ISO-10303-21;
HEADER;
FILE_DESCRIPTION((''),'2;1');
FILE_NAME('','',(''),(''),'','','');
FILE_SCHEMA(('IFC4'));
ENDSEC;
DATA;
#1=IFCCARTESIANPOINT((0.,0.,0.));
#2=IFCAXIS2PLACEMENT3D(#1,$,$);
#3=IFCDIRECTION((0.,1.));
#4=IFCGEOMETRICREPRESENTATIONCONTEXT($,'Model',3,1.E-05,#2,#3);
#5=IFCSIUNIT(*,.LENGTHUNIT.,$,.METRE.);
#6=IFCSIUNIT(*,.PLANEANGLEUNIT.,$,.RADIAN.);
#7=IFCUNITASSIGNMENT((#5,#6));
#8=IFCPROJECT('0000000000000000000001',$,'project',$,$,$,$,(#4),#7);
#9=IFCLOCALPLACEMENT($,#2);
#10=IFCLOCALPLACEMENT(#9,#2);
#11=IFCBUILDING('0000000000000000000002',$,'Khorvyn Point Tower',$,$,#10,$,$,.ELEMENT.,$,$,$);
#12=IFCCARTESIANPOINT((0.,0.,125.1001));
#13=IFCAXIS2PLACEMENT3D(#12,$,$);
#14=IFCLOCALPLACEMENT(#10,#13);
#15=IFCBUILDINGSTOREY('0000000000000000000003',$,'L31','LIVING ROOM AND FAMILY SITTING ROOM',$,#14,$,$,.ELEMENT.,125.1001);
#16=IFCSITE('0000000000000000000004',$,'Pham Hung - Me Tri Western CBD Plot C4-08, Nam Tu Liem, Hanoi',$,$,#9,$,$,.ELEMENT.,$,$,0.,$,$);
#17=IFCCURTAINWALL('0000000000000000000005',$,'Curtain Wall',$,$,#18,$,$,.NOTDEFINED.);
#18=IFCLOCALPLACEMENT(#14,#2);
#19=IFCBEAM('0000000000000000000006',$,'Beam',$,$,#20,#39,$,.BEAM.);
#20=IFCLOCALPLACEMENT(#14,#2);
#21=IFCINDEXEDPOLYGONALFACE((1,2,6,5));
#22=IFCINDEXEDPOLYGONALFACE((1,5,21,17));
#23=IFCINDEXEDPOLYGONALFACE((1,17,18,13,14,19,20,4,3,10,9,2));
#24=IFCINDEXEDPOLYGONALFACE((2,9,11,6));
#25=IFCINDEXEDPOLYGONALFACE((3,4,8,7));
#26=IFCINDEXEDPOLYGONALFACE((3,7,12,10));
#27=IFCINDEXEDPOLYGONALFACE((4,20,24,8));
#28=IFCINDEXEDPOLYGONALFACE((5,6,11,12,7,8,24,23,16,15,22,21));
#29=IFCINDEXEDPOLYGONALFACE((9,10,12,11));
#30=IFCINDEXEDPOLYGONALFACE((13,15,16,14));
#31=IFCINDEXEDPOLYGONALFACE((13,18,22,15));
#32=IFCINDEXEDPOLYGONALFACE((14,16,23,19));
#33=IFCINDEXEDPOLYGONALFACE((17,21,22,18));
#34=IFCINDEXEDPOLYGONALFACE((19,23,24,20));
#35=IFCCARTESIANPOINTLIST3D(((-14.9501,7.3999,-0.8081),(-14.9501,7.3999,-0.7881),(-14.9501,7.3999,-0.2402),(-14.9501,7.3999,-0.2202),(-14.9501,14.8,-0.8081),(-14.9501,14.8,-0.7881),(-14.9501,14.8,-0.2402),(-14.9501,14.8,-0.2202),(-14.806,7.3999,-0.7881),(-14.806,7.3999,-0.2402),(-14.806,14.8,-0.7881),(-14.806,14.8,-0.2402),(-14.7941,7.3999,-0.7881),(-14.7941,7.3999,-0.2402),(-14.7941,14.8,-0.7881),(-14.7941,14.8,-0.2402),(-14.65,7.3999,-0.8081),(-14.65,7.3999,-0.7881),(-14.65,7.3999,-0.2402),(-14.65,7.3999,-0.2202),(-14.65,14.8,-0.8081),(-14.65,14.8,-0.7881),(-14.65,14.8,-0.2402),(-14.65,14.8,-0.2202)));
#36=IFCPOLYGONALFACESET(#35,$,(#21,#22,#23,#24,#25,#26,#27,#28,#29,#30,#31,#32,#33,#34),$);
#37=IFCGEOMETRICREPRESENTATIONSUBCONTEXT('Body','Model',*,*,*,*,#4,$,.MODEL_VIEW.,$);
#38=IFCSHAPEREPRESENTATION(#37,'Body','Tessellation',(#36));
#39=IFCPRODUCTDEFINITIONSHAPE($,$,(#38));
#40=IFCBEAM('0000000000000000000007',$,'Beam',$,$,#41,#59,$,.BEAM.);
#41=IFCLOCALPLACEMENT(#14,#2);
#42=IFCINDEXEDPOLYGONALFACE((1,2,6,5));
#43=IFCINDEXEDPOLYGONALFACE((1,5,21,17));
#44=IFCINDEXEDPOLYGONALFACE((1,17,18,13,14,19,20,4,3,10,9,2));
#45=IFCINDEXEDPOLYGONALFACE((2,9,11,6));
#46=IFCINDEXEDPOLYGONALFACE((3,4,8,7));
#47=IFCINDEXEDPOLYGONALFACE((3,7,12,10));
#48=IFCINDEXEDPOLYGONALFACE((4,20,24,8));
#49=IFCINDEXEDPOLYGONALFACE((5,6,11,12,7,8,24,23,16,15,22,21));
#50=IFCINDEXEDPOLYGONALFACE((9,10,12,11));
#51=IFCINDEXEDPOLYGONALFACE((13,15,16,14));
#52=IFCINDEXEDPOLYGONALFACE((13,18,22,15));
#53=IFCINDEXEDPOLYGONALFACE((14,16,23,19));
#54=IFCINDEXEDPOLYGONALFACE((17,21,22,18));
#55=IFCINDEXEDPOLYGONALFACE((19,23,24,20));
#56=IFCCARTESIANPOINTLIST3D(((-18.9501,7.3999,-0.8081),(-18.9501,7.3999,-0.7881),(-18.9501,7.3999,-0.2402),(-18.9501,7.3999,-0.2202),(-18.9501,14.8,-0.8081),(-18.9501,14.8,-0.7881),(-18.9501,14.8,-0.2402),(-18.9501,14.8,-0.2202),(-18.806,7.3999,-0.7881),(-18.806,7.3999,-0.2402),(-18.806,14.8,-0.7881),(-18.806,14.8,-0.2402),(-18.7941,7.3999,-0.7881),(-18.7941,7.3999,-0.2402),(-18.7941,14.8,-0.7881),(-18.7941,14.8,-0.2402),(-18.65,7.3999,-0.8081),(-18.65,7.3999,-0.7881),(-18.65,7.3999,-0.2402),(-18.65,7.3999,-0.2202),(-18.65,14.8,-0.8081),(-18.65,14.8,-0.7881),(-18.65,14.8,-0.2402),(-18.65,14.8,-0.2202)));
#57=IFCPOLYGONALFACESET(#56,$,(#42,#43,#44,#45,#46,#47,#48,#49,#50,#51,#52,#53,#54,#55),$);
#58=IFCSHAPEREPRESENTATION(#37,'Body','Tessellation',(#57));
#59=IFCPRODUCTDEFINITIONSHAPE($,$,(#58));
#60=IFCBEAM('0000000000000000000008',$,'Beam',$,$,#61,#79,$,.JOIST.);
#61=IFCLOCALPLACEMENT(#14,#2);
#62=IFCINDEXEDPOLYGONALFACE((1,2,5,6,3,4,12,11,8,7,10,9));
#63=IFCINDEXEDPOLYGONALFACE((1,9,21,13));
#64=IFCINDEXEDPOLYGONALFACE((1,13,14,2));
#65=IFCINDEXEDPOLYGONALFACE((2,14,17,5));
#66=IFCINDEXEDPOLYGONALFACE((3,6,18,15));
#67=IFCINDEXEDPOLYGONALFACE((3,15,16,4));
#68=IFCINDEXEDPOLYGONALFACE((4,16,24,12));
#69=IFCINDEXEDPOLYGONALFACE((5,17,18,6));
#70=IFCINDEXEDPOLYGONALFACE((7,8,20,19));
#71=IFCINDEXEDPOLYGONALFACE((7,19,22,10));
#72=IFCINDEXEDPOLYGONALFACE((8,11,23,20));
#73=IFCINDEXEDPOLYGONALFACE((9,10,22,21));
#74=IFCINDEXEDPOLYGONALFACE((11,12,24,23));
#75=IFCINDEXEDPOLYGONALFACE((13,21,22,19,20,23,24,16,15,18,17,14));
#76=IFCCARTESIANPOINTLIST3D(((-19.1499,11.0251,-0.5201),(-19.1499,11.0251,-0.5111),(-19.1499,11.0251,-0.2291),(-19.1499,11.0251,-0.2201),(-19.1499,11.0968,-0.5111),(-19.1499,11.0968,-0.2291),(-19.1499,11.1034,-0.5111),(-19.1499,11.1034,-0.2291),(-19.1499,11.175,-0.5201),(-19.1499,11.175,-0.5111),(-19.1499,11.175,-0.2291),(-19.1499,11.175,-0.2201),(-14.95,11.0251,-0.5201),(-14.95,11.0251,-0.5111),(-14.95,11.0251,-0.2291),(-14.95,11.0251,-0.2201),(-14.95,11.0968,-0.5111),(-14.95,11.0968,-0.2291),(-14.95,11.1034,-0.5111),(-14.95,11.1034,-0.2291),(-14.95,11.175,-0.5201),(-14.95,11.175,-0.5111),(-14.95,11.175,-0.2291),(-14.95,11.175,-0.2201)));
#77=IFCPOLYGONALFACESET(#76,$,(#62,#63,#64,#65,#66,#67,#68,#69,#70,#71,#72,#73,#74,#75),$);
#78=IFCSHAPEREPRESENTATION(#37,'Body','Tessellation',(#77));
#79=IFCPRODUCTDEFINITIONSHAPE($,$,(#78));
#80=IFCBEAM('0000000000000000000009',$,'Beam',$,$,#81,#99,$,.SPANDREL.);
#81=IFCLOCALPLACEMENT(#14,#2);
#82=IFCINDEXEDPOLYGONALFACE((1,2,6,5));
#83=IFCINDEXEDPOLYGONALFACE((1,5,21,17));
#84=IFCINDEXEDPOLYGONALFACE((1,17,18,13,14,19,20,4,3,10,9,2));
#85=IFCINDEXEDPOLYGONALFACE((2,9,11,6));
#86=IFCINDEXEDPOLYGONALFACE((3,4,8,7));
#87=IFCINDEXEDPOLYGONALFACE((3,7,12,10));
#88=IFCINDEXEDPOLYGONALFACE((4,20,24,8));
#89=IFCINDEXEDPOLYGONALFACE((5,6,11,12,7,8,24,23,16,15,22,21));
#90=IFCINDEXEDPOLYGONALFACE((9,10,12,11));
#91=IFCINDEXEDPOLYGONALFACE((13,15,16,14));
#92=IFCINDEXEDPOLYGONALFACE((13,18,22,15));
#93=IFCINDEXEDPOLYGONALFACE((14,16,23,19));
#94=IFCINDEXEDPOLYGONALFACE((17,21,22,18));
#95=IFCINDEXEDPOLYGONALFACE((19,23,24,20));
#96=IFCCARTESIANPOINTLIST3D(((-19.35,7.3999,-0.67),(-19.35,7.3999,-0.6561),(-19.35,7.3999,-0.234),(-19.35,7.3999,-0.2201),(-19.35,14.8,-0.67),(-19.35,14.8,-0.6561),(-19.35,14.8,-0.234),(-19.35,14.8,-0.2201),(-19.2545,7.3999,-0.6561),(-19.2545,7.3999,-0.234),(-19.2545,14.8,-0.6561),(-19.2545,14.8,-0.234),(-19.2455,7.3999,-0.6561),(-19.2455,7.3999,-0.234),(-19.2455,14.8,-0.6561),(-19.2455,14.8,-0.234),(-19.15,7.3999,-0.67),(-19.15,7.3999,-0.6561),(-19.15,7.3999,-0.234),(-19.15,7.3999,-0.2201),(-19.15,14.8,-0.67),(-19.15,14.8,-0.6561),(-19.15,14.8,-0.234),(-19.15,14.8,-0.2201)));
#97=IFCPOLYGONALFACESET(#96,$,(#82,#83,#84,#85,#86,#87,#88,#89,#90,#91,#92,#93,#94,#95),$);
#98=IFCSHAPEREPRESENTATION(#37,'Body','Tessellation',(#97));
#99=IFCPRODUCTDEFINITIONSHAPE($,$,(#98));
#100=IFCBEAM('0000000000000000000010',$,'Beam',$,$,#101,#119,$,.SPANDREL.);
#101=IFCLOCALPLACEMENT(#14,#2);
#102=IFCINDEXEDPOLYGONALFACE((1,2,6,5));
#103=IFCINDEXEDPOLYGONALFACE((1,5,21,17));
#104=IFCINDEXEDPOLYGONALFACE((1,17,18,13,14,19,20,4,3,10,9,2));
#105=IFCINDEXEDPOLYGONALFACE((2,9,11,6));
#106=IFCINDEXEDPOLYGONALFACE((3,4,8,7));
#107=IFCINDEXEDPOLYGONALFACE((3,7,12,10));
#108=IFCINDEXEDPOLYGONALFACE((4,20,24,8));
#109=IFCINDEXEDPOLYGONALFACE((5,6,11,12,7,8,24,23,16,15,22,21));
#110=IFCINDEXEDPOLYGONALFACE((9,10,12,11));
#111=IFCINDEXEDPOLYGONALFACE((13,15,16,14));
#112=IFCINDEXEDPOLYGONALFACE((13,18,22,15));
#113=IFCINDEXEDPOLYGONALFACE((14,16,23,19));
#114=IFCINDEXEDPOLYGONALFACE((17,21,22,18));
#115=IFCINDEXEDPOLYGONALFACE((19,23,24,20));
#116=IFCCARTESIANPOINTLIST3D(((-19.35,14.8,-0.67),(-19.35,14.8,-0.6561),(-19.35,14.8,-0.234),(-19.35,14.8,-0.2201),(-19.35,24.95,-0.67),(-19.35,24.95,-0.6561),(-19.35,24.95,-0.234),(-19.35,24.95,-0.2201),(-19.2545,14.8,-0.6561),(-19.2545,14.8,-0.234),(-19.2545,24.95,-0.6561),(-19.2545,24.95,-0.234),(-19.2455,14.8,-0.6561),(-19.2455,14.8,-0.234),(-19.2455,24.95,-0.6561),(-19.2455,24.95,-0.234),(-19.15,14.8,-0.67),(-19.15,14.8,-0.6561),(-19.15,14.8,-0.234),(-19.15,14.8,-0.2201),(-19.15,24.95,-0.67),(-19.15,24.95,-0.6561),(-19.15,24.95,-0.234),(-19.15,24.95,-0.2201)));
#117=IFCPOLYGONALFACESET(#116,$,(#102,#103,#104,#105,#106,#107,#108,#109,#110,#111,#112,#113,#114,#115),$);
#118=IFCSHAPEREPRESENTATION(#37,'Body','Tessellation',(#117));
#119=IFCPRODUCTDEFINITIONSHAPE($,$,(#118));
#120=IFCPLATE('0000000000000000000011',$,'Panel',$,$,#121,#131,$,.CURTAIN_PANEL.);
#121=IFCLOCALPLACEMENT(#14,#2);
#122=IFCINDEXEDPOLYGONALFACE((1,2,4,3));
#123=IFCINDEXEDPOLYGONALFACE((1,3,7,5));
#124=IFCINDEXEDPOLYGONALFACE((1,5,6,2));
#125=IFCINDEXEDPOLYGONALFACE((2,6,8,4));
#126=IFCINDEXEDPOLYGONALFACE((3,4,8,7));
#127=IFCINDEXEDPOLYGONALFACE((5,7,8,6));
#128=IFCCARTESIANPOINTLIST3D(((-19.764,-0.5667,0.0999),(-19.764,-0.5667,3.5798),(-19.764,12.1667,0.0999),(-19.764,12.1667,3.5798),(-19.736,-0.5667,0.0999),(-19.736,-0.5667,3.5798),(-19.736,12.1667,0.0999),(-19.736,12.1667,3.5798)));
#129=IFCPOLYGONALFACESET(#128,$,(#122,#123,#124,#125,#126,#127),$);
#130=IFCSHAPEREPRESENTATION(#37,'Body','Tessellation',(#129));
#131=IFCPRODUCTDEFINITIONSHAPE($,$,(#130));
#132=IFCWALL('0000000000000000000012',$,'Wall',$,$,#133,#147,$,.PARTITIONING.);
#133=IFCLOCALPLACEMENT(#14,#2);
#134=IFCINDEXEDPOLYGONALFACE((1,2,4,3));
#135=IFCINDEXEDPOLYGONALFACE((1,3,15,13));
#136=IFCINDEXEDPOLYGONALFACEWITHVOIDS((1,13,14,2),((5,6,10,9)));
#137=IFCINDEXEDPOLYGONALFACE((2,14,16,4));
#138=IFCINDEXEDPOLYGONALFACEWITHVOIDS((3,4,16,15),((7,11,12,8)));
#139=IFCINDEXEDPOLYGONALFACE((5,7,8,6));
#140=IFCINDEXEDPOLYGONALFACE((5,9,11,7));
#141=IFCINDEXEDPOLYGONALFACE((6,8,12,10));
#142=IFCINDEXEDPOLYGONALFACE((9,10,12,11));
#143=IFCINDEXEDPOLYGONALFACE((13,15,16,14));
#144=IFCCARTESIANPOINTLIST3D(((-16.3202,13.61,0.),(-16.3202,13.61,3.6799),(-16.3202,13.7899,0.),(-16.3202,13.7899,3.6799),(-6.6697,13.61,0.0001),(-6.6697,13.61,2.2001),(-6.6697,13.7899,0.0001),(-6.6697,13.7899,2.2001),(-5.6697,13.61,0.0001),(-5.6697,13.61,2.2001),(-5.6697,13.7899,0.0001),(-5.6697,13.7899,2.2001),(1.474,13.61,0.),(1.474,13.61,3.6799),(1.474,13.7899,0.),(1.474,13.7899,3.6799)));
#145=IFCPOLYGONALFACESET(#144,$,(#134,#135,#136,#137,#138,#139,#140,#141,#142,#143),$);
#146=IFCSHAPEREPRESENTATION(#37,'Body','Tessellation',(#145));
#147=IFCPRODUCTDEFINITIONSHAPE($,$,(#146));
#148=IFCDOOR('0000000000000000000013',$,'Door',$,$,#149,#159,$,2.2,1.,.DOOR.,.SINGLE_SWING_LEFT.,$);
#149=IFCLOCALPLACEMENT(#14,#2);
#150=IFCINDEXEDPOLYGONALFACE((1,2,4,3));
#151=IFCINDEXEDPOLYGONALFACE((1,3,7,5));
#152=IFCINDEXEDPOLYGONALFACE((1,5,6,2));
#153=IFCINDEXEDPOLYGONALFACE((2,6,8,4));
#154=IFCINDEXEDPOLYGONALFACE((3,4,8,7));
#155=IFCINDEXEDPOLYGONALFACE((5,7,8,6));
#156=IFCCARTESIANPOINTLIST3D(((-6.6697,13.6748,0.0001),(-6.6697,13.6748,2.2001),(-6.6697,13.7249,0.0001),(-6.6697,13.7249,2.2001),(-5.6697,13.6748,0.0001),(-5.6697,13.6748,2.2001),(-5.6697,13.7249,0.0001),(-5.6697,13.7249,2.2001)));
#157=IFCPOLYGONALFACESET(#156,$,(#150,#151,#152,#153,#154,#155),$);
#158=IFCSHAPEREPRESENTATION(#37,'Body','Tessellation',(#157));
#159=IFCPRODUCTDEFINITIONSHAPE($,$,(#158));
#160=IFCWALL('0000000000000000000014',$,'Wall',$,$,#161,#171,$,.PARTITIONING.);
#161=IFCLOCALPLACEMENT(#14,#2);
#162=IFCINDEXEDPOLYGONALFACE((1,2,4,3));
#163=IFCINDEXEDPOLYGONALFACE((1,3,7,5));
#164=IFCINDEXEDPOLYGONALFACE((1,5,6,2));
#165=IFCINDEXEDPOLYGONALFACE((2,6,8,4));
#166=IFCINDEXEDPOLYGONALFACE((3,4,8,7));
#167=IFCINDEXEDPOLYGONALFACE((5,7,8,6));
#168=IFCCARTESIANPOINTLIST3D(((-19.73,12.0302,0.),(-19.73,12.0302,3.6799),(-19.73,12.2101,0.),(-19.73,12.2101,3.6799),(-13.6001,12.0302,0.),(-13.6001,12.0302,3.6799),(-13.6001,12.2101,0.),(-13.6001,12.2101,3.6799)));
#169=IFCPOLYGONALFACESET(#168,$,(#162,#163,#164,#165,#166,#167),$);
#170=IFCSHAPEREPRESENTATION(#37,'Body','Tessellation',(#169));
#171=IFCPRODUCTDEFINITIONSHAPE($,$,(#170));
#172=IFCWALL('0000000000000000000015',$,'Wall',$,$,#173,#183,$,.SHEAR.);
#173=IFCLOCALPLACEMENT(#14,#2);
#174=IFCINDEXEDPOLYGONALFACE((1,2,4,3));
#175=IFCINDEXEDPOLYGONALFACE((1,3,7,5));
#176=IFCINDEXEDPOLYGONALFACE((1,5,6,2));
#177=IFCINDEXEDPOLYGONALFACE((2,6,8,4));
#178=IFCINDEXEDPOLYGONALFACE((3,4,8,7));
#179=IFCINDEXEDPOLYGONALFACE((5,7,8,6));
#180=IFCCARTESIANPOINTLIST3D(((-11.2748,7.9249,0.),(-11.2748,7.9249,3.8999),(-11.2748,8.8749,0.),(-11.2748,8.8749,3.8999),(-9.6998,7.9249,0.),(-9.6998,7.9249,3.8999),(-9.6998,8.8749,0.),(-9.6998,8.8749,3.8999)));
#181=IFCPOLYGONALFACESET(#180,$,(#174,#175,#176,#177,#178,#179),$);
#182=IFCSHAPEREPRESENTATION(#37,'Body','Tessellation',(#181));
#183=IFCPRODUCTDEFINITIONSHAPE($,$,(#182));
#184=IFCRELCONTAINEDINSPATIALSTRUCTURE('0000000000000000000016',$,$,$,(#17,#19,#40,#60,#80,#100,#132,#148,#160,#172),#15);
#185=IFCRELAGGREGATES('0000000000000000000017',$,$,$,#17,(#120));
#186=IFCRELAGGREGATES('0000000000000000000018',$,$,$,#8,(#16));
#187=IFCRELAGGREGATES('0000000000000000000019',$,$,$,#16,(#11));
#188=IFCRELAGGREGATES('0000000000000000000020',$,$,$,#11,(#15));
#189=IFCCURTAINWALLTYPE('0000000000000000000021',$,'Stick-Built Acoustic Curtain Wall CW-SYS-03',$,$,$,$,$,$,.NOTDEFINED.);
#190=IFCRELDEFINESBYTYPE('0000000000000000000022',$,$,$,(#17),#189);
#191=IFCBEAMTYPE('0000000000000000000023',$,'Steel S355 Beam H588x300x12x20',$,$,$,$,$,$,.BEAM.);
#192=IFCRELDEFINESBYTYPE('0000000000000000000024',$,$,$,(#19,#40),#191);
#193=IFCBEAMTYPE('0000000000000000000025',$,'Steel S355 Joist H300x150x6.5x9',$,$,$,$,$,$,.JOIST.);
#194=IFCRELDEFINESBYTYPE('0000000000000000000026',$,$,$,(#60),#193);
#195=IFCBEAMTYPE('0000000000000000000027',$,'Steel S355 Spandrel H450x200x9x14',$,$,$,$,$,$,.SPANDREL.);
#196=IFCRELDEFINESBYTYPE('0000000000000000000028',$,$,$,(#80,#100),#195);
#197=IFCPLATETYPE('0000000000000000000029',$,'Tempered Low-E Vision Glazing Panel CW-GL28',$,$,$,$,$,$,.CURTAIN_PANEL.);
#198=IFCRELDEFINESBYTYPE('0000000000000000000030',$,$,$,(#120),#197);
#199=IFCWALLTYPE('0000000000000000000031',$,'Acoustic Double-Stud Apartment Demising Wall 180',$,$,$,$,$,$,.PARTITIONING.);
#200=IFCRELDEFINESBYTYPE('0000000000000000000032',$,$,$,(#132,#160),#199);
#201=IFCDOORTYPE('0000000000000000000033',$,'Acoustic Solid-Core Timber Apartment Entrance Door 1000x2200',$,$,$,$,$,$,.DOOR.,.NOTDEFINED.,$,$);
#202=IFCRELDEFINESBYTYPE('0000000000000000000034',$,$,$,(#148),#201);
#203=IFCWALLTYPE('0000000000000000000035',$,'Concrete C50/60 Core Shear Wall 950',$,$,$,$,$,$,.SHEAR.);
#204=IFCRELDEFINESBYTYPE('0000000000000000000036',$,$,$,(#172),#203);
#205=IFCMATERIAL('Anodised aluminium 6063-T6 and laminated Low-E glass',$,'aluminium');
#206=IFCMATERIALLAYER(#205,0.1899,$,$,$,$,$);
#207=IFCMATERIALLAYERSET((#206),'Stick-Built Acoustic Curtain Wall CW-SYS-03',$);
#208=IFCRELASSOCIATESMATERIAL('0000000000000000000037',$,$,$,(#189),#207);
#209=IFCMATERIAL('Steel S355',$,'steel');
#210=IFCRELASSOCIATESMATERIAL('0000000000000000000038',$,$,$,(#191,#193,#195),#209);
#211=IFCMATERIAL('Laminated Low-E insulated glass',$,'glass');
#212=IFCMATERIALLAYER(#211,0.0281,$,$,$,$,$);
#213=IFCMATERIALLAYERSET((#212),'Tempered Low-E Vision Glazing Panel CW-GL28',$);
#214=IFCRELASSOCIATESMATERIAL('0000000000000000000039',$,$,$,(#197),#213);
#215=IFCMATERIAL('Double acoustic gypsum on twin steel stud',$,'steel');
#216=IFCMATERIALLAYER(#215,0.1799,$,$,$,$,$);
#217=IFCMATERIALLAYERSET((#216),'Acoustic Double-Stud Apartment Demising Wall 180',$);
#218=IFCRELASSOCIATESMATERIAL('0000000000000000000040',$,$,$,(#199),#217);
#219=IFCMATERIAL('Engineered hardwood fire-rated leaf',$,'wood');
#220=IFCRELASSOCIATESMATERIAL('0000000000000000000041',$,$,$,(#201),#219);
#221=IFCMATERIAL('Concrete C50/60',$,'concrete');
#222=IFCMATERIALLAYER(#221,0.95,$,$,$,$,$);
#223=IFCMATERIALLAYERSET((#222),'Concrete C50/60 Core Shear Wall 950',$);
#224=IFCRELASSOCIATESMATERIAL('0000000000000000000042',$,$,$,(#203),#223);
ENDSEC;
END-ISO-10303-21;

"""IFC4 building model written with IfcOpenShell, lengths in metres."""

from ifc_helpers import new_model, si_unit, direction, frame, frame_2d, origin, origin_2d, place, context, subcontext, project, spatial, rectangle, i_section, extrude, material, layer, layer_set, material_profile, profile_set, type_object, element, fill, aggregate, save


model = new_model("IFC4")

# Units and contexts
model_context = context("Model", 3, precision=1e-05, world=origin(), true_north=direction((0.0, 1.0)))
body_context = subcontext(model_context, "Body", "Model", "MODEL_VIEW")
ifc_project = project(units=[si_unit("LENGTHUNIT", "METRE"), si_unit("PLANEANGLEUNIT", "RADIAN")], contexts=[model_context])

# Site, building, storey
site_placement = place(None, origin())
site = spatial("IfcSite", under=ifc_project, at=site_placement, Name="Pham Hung - Me Tri Western CBD Plot C4-08, Nam Tu Liem, Hanoi", CompositionType="ELEMENT", RefElevation=0.0)
building_placement = place(site_placement, origin())
building = spatial("IfcBuilding", under=site, at=building_placement, Name="Khorvyn Point Tower", CompositionType="ELEMENT")
storey_placement = place(building_placement, frame((0.0, 0.0, 125.1001)))
storey = spatial("IfcBuildingStorey", under=building, at=storey_placement, Name="L31", Description="LIVING ROOM AND FAMILY SITTING ROOM", CompositionType="ELEMENT", Elevation=125.1001)

# Shared definitions
ifc_material_1 = material(Name="Concrete C50/60", Category="concrete")

# Curtain wall
ifc_material_2 = material(Name="Anodised aluminium 6063-T6 and laminated Low-E glass", Category="aluminium")
ifc_layer_1 = layer(ifc_material_2, 0.1899)
ifc_layer_set_1 = layer_set([ifc_layer_1], Name="Stick-Built Acoustic Curtain Wall CW-SYS-03")
curtain_wall_type = type_object("IfcCurtainWallType", Name="Stick-Built Acoustic Curtain Wall CW-SYS-03", PredefinedType="NOTDEFINED", material=ifc_layer_set_1)
curtain_wall_placement = place(storey_placement, origin())
curtain_wall = element("IfcCurtainWall", 1, at=curtain_wall_placement, inside=storey, type_object=curtain_wall_type, Name="Curtain Wall", PredefinedType="NOTDEFINED")

# Beams
ifc_material_3 = material(Name="Steel S355", Category="steel")
ifc_material_profile_1 = material_profile(ifc_material_3, i_section(OverallWidth=0.3, OverallDepth=0.5879, WebThickness=0.012, FlangeThickness=0.02, at=origin_2d()))
ifc_profile_set_1 = profile_set([ifc_material_profile_1], Name="Steel S355 H588x300x12x20")
beam_type_1 = type_object("IfcBeamType", Name="Steel S355 Beam H588x300x12x20", PredefinedType="BEAM", material=ifc_profile_set_1)
for number, where, z_axis, x_axis, name in (
    (2, (-14.8, 7.3999, -0.5142), (0.0, 1.0, 0.0), (-1.0, 0.0, 0.0), "Beam"),
    (3, (-18.8, 7.3999, -0.5142), (0.0, 1.0, 0.0), (-1.0, 0.0, 0.0), "Beam"),
):
    element("IfcBeam", number, at=place(storey_placement, frame(where, z_axis=z_axis, x_axis=x_axis)), inside=storey, type_object=beam_type_1, Name=name, PredefinedType="BEAM", context=body_context, shape_type="SweptSolid", body=[
        extrude(i_section(OverallWidth=0.3, OverallDepth=0.5879, WebThickness=0.012, FlangeThickness=0.02, at=origin_2d()), origin(), (0.0, 0.0, 1.0), 7.4001),
    ])
ifc_material_profile_2 = material_profile(ifc_material_3, i_section(OverallWidth=0.1499, OverallDepth=0.3, WebThickness=0.0066, FlangeThickness=0.009, at=origin_2d()))
ifc_profile_set_2 = profile_set([ifc_material_profile_2], Name="Steel S355 H300x150x6.5x9")
beam_type_2 = type_object("IfcBeamType", Name="Steel S355 Joist H300x150x6.5x9", PredefinedType="JOIST", material=ifc_profile_set_2)
beam_1_placement = place(storey_placement, frame((-19.1499, 11.1001, -0.3701), z_axis=(1.0, 0.0, 0.0), x_axis=(0.0, 1.0, 0.0)))
element("IfcBeam", 4, at=beam_1_placement, inside=storey, type_object=beam_type_2, Name="Beam", PredefinedType="JOIST", context=body_context, shape_type="SweptSolid", body=[
    extrude(i_section(OverallWidth=0.1499, OverallDepth=0.3, WebThickness=0.0066, FlangeThickness=0.009, at=origin_2d()), origin(), (0.0, 0.0, 1.0), 4.2),
])
ifc_material_profile_3 = material_profile(ifc_material_3, i_section(OverallWidth=0.2, OverallDepth=0.45, WebThickness=0.009, FlangeThickness=0.0139, at=origin_2d()))
ifc_profile_set_3 = profile_set([ifc_material_profile_3], Name="Steel S355 H450x200x9x14")
beam_type_3 = type_object("IfcBeamType", Name="Steel S355 Spandrel H450x200x9x14", PredefinedType="SPANDREL", material=ifc_profile_set_3)
beam_2_placement = place(storey_placement, frame((-19.25, 7.3999, -0.4451), z_axis=(0.0, 1.0, 0.0), x_axis=(-1.0, 0.0, 0.0)))
element("IfcBeam", 5, at=beam_2_placement, inside=storey, type_object=beam_type_3, Name="Beam", PredefinedType="SPANDREL", context=body_context, shape_type="SweptSolid", body=[
    extrude(i_section(OverallWidth=0.2, OverallDepth=0.45, WebThickness=0.009, FlangeThickness=0.0139, at=origin_2d()), origin(), (0.0, 0.0, 1.0), 7.4001),
])
beam_3_placement = place(storey_placement, frame((-19.25, 14.8, -0.4451), z_axis=(0.0, 1.0, 0.0), x_axis=(-1.0, 0.0, 0.0)))
element("IfcBeam", 6, at=beam_3_placement, inside=storey, type_object=beam_type_3, Name="Beam", PredefinedType="SPANDREL", context=body_context, shape_type="SweptSolid", body=[
    extrude(i_section(OverallWidth=0.2, OverallDepth=0.45, WebThickness=0.009, FlangeThickness=0.0139, at=origin_2d()), origin(), (0.0, 0.0, 1.0), 10.1499),
])

# Plate
ifc_material_4 = material(Name="Laminated Low-E insulated glass", Category="glass")
ifc_layer_2 = layer(ifc_material_4, 0.0281)
ifc_layer_set_2 = layer_set([ifc_layer_2], Name="Tempered Low-E Vision Glazing Panel CW-GL28")
plate_type = type_object("IfcPlateType", Name="Tempered Low-E Vision Glazing Panel CW-GL28", PredefinedType="CURTAIN_PANEL", material=ifc_layer_set_2)
plate_placement = place(storey_placement, frame((-19.75, 5.8, 0.0999), z_axis=(0.0, 0.0, 1.0), x_axis=(0.0, 1.0, 0.0)))
plate = element("IfcPlate", 7, at=plate_placement, type_object=plate_type, Name="Panel", PredefinedType="CURTAIN_PANEL", context=body_context, shape_type="SweptSolid", body=[
    extrude(rectangle(XDim=12.7334, YDim=0.0281, at=origin_2d()), origin(), (0.0, 0.0, 1.0), 3.48),
])
aggregate(curtain_wall, [plate])

# Wall, opening, door
ifc_material_5 = material(Name="Double acoustic gypsum on twin steel stud", Category="steel")
ifc_layer_3 = layer(ifc_material_5, 0.1799)
ifc_layer_set_3 = layer_set([ifc_layer_3], Name="Acoustic Double-Stud Apartment Demising Wall 180")
wall_type_1 = type_object("IfcWallType", Name="Acoustic Double-Stud Apartment Demising Wall 180", PredefinedType="PARTITIONING", material=ifc_layer_set_3)
wall_1_placement = place(storey_placement, frame((-16.3201, 13.7, 0.0), z_axis=(0.0, 0.0, 1.0), x_axis=(1.0, 0.0, 0.0)))
wall_1 = element("IfcWall", 8, at=wall_1_placement, inside=storey, type_object=wall_type_1, Name="Wall", PredefinedType="PARTITIONING", context=body_context, shape_type="SweptSolid", body=[
    extrude(rectangle(XDim=17.7942, YDim=0.1799, at=frame_2d((8.897, 0.0))), origin(), (0.0, 0.0, 1.0), 3.6799),
])
opening_1_placement = place(wall_1_placement, frame((9.6504, 0.0, 0.0)))
opening_1 = element("IfcOpeningElement", 9, at=opening_1_placement, cuts=wall_1, PredefinedType="OPENING", context=body_context, shape_type="SweptSolid", body=[
    extrude(rectangle(XDim=1.0, YDim=2.2, at=frame_2d((0.5, 1.1001))), frame((0.0, 0.0999, 0.0), z_axis=(0.0, -1.0, 0.0), x_axis=(1.0, 0.0, 0.0)), (0.0, 0.0, 1.0), 0.2),
])
ifc_material_6 = material(Name="Engineered hardwood fire-rated leaf", Category="wood")
door_type_1 = type_object("IfcDoorType", Name="Acoustic Solid-Core Timber Apartment Entrance Door 1000x2200", OperationType="NOTDEFINED", PredefinedType="DOOR", material=ifc_material_6)
door_1_placement = place(opening_1_placement, origin())
door_1 = element("IfcDoor", 10, at=door_1_placement, inside=storey, type_object=door_type_1, Name="Door", OperationType="SINGLE_SWING_LEFT", OverallHeight=2.2, OverallWidth=1.0, PredefinedType="DOOR", context=body_context, shape_type="SweptSolid", body=[
    extrude(rectangle(XDim=1.0, YDim=2.2, at=frame_2d((0.5, 1.1001))), frame((0.0, 0.0249, 0.0), z_axis=(0.0, -1.0, 0.0), x_axis=(1.0, 0.0, 0.0)), (0.0, 0.0, 1.0), 0.05),
])
fill(opening_1, door_1)

# Walls
wall_2_placement = place(storey_placement, frame((-19.73, 12.1201, 0.0), z_axis=(0.0, 0.0, 1.0), x_axis=(1.0, 0.0, 0.0)))
element("IfcWall", 11, at=wall_2_placement, inside=storey, type_object=wall_type_1, Name="Wall", PredefinedType="PARTITIONING", context=body_context, shape_type="SweptSolid", body=[
    extrude(rectangle(XDim=6.1299, YDim=0.1799, at=frame_2d((3.0649, 0.0))), origin(), (0.0, 0.0, 1.0), 3.6799),
])
ifc_layer_4 = layer(ifc_material_1, 0.95)
ifc_layer_set_4 = layer_set([ifc_layer_4], Name="Concrete C50/60 Core Shear Wall 950")
wall_type_2 = type_object("IfcWallType", Name="Concrete C50/60 Core Shear Wall 950", PredefinedType="SHEAR", material=ifc_layer_set_4)
wall_3_placement = place(storey_placement, frame((-11.2749, 8.3999, 0.0), z_axis=(0.0, 0.0, 1.0), x_axis=(1.0, 0.0, 0.0)))
element("IfcWall", 12, at=wall_3_placement, inside=storey, type_object=wall_type_2, Name="Wall", PredefinedType="SHEAR", context=body_context, shape_type="SweptSolid", body=[
    extrude(rectangle(XDim=1.575, YDim=0.95, at=frame_2d((0.7876, 0.0))), origin(), (0.0, 0.0, 1.0), 3.8999),
])

save(model, "model.ifc")
